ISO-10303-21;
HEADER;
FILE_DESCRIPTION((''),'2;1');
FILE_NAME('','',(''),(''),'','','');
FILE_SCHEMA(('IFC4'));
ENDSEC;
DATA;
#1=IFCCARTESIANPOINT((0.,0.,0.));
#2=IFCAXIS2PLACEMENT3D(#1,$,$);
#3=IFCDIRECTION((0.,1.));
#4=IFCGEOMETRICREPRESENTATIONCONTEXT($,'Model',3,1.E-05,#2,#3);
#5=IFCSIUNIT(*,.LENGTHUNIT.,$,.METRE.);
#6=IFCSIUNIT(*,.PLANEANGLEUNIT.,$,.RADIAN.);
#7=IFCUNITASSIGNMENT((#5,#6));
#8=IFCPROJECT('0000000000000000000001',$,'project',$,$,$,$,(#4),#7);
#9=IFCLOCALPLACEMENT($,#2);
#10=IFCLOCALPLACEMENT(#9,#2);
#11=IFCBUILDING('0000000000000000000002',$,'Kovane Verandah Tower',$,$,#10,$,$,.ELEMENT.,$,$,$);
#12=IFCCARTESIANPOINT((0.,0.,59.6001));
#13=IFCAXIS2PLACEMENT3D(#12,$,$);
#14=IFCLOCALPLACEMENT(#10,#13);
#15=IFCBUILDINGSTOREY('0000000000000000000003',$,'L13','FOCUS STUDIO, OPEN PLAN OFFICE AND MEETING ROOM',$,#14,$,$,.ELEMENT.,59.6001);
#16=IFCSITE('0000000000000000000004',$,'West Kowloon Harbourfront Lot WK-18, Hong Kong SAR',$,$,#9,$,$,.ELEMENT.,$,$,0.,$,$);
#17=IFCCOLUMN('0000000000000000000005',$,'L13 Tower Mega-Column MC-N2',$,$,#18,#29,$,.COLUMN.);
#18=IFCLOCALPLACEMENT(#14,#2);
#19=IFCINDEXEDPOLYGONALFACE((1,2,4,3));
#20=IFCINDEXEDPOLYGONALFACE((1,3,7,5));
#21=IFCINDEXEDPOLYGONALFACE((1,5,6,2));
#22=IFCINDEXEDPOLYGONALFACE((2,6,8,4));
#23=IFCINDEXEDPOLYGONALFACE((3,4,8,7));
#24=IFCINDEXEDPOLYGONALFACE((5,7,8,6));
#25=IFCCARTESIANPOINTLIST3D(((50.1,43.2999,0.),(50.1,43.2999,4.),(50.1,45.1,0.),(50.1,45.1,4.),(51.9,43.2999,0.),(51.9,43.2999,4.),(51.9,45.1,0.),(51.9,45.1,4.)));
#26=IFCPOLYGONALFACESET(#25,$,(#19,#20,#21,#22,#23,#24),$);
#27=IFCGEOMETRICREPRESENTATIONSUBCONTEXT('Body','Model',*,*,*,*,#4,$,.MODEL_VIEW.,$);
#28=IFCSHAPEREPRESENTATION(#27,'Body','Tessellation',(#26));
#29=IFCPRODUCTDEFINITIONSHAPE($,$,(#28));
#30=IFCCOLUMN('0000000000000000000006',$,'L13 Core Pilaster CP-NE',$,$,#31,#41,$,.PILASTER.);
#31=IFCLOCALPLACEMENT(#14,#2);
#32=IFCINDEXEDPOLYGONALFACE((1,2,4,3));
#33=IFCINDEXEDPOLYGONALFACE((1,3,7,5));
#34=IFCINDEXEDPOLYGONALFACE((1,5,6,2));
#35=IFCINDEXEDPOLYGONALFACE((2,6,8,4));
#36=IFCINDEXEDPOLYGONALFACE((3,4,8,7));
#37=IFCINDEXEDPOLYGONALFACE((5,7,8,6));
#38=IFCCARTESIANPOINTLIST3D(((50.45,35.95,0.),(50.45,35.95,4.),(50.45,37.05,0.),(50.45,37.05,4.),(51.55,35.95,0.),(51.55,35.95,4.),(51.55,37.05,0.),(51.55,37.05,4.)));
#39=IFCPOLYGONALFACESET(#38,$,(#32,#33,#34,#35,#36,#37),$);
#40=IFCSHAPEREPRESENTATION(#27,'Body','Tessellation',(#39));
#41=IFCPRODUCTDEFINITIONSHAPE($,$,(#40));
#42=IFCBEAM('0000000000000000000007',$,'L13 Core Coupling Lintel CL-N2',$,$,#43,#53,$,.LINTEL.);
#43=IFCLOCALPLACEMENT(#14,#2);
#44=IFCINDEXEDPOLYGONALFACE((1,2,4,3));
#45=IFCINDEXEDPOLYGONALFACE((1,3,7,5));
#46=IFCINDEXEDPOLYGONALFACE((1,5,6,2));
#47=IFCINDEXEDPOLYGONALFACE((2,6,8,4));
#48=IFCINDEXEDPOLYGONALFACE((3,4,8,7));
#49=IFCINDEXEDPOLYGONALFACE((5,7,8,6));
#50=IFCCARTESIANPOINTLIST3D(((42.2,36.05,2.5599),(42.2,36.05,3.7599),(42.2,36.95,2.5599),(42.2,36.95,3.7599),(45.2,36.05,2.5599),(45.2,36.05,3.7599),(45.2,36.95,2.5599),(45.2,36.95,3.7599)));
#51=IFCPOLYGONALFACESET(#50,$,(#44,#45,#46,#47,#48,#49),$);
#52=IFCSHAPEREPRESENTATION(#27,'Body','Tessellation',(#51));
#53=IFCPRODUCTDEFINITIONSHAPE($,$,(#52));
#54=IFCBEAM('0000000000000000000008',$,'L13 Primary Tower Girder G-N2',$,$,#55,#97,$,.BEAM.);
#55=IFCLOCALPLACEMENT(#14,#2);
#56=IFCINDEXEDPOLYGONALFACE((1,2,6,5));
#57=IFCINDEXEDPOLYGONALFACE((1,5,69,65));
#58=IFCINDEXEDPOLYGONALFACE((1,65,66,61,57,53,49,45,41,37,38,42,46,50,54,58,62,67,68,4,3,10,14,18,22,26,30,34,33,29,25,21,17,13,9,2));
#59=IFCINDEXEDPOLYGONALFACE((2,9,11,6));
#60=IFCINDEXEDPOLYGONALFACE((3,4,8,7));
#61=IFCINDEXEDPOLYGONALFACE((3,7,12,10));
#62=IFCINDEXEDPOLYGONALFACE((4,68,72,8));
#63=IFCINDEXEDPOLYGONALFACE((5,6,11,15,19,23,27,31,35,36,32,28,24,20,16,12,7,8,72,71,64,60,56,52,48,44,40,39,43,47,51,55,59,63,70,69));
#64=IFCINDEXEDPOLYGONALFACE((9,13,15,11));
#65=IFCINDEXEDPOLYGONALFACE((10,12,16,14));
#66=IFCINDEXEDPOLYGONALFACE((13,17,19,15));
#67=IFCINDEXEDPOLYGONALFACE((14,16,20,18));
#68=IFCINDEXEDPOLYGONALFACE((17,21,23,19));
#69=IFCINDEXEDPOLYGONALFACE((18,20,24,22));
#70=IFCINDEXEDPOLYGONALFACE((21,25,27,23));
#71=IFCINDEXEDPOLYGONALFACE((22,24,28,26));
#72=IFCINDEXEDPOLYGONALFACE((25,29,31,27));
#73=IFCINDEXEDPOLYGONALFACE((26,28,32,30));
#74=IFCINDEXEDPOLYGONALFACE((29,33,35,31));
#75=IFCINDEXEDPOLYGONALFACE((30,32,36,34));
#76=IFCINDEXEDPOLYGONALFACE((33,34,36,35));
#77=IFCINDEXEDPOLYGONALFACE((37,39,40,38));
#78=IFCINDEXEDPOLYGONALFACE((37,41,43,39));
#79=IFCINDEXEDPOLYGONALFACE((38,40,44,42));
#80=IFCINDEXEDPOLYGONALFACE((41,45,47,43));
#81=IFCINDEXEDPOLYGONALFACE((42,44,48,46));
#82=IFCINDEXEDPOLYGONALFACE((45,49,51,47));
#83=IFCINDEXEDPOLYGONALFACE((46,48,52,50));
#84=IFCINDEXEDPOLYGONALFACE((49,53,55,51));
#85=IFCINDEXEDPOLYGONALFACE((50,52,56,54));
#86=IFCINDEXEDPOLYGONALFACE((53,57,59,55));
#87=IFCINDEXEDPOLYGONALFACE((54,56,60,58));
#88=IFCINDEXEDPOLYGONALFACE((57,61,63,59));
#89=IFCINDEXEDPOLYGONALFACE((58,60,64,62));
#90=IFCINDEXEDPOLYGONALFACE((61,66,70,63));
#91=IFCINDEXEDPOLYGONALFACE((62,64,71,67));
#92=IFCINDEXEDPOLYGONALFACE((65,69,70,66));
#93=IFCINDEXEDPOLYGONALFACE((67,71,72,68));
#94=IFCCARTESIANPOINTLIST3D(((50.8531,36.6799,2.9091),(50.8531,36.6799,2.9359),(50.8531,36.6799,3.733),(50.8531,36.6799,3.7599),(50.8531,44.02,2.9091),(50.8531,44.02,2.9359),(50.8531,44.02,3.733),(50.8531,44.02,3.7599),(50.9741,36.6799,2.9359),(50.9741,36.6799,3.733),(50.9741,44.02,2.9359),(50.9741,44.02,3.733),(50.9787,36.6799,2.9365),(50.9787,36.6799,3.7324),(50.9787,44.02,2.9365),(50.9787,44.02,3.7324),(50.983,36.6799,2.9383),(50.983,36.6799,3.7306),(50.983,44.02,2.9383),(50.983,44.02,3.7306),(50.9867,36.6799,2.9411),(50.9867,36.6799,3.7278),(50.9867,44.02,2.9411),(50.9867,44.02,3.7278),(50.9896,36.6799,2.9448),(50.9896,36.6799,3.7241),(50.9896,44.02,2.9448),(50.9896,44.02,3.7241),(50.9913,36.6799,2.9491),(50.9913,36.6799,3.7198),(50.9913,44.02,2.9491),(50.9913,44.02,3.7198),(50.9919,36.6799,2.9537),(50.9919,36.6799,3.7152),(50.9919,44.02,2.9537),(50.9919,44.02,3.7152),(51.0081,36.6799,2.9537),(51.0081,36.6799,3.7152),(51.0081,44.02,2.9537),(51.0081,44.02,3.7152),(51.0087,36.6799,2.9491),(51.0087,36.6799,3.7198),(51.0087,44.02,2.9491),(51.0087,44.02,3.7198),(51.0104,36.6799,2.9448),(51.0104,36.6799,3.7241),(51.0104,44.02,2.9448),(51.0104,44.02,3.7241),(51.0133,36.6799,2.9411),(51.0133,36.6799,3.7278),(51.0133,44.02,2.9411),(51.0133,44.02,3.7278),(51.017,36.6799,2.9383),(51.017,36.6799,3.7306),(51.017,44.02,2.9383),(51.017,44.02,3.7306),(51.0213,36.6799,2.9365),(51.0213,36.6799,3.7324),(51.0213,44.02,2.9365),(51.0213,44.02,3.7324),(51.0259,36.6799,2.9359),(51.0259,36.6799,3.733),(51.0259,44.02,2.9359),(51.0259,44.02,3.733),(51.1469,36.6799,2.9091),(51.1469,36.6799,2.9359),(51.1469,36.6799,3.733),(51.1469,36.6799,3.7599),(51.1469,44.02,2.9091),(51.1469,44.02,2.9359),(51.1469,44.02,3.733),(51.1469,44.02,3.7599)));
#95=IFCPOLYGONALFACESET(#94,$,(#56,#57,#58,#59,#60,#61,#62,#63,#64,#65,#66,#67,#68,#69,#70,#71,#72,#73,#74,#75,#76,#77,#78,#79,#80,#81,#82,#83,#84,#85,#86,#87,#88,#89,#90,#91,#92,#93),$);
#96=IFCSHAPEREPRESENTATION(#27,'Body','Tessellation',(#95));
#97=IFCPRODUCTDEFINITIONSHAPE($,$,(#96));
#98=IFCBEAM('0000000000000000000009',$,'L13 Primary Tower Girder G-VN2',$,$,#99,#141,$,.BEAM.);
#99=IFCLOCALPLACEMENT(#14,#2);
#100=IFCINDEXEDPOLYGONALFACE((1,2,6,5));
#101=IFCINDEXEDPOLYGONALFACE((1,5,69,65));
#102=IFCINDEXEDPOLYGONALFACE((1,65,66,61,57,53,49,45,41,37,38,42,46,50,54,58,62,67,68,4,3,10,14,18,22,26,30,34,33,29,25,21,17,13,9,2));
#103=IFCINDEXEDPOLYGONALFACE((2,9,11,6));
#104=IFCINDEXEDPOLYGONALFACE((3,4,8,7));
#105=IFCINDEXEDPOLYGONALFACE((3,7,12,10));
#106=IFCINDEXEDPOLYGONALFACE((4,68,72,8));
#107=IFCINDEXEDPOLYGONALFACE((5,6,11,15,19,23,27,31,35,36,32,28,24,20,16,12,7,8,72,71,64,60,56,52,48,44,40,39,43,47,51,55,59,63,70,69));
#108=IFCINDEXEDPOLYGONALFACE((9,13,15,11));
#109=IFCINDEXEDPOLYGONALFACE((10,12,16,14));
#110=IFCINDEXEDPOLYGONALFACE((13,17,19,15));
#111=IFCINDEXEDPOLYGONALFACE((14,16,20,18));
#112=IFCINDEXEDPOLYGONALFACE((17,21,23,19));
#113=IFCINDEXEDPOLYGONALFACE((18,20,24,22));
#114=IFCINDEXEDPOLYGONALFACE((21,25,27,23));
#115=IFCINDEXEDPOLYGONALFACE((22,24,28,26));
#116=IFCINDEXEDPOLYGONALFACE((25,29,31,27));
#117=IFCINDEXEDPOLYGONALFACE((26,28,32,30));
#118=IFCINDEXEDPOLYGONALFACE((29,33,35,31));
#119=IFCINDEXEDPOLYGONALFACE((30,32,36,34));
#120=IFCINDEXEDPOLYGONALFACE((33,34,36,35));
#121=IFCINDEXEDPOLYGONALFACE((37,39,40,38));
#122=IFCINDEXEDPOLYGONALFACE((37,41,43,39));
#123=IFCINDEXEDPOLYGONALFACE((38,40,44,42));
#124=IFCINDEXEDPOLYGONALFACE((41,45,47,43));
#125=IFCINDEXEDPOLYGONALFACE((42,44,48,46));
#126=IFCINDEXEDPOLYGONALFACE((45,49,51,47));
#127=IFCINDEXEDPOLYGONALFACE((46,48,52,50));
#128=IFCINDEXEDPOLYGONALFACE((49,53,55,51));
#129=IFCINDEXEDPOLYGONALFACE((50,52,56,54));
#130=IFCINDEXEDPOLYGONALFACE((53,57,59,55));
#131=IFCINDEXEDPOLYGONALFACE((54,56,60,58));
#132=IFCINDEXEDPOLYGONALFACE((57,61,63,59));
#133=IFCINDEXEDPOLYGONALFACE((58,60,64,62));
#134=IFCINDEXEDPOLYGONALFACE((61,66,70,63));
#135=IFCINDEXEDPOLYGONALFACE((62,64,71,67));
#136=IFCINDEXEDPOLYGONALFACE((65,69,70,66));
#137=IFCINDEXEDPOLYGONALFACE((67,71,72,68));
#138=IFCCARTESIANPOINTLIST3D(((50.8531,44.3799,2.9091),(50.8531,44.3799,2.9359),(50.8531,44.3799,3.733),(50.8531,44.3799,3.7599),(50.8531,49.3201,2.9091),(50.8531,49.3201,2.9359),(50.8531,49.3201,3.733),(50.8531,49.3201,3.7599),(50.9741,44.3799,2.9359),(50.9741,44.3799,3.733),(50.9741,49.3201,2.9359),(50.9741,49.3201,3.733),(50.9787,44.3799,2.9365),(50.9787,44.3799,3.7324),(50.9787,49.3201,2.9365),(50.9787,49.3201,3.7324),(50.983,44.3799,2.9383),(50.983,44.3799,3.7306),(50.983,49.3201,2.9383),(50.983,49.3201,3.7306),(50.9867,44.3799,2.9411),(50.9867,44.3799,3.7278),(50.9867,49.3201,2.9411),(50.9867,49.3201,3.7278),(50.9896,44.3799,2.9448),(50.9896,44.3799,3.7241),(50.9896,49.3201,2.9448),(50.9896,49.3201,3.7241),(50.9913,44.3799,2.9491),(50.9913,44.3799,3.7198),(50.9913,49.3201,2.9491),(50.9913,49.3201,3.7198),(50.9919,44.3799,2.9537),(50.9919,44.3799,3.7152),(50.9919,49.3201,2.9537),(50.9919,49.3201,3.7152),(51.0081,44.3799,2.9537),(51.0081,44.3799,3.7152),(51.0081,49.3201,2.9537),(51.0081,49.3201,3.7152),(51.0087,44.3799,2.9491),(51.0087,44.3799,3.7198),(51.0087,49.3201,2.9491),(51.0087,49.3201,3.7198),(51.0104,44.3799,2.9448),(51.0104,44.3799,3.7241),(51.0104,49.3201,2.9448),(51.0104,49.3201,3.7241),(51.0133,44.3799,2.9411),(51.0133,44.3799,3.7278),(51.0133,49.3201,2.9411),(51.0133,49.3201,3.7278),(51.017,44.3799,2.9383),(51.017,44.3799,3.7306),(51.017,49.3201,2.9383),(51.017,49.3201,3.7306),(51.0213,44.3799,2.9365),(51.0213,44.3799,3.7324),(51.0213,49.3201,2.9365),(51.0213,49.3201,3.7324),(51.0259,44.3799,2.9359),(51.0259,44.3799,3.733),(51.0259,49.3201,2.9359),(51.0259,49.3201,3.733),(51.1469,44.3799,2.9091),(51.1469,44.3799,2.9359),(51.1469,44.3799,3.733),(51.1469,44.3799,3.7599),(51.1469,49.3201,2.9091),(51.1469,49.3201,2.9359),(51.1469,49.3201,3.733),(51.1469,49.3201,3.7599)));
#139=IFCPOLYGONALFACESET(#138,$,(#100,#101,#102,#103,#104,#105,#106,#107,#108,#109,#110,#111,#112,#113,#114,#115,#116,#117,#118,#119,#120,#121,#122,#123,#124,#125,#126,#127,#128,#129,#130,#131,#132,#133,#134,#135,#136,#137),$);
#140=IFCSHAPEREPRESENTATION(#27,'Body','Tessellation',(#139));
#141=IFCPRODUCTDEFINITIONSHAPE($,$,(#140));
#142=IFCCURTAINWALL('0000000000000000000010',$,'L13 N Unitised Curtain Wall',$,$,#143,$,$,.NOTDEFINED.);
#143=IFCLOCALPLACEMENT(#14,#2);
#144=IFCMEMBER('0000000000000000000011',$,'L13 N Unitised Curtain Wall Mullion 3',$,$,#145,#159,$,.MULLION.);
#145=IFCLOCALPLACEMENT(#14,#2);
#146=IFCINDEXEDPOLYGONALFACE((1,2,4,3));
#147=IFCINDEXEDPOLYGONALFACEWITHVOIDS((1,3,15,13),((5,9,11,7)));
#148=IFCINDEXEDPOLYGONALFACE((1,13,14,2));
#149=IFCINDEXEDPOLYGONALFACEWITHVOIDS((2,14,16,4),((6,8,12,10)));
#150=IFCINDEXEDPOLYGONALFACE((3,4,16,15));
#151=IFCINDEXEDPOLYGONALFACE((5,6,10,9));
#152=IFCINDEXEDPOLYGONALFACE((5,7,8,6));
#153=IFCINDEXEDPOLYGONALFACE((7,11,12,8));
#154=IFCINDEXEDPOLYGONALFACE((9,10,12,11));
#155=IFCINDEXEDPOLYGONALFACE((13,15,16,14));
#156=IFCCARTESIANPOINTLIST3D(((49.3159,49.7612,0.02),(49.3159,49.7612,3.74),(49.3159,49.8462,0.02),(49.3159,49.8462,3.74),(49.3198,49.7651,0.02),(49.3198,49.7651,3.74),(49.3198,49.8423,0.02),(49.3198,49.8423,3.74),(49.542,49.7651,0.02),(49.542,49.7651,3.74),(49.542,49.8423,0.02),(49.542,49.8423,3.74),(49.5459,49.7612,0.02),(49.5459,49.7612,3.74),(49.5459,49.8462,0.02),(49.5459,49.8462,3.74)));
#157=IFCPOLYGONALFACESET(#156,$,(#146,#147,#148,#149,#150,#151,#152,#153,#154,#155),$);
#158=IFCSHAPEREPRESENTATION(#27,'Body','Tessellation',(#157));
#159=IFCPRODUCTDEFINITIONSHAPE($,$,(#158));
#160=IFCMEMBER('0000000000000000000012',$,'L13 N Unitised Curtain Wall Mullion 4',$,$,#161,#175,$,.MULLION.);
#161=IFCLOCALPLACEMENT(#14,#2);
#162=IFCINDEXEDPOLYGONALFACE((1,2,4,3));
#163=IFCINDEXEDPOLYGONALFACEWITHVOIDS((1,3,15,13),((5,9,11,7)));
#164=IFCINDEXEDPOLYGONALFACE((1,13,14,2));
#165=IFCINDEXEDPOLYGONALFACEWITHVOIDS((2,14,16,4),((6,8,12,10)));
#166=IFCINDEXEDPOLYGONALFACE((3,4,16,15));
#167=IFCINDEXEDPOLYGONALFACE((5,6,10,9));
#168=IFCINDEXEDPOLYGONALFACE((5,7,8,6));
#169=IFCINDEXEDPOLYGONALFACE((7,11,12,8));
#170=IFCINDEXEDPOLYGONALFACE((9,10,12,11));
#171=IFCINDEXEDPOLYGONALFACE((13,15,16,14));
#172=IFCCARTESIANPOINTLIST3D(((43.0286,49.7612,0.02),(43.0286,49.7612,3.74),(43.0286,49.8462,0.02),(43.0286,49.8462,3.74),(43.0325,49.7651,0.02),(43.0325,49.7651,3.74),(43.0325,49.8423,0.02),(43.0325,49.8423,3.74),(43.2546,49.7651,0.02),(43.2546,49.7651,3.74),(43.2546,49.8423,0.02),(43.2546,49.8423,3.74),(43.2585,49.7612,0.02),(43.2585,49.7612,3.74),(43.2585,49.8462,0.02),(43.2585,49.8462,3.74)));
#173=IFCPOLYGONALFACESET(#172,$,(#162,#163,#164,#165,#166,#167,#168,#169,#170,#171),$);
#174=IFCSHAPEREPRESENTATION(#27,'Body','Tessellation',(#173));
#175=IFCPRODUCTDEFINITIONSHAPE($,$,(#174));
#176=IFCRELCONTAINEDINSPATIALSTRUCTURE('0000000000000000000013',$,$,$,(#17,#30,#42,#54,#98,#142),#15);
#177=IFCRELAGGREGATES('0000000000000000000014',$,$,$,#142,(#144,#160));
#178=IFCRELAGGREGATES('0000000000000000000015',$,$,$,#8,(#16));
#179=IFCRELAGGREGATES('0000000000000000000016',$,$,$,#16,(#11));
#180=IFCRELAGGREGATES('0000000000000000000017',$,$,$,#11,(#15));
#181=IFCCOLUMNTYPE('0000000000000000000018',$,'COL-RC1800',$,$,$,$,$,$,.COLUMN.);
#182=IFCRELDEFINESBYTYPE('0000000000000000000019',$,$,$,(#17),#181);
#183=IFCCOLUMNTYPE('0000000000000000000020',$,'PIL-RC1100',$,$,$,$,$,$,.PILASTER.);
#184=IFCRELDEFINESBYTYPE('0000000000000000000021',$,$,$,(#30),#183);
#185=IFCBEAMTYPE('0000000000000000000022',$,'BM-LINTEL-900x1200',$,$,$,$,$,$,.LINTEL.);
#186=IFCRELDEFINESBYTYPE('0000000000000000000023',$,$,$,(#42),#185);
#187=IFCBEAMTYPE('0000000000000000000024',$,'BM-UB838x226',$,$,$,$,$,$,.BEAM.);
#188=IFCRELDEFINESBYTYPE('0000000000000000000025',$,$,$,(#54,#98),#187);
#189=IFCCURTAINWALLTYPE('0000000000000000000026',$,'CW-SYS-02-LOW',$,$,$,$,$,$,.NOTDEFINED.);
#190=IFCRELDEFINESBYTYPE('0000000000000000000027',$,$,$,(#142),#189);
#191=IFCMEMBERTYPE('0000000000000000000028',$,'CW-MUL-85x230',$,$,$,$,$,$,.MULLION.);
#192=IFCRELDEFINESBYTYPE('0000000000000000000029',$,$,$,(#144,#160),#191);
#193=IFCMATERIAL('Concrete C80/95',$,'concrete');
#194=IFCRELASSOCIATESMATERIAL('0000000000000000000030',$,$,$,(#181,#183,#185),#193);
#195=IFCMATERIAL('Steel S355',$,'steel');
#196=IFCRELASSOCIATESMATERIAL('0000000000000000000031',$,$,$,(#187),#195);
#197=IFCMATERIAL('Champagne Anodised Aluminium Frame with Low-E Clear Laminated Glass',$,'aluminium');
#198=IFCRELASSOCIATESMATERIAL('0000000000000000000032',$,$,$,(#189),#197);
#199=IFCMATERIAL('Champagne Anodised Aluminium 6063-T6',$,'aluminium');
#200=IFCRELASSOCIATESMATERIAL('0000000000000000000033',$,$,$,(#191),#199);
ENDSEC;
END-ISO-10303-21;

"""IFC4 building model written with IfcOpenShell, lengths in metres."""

from ifc_helpers import new_model, si_unit, direction, frame, origin, origin_2d, place, context, subcontext, project, spatial, rectangle, hollow_rectangle, i_section, extrude, material, material_profile, profile_set, type_object, element, aggregate, save


model = new_model("IFC4")

# Units and contexts
model_context = context("Model", 3, precision=1e-05, world=origin(), true_north=direction((0.0, 1.0)))
body_context = subcontext(model_context, "Body", "Model", "MODEL_VIEW")
ifc_project = project(units=[si_unit("LENGTHUNIT", "METRE"), si_unit("PLANEANGLEUNIT", "RADIAN")], contexts=[model_context])

# Site, building, storey
site_placement = place(None, origin())
site = spatial("IfcSite", under=ifc_project, at=site_placement, Name="West Kowloon Harbourfront Lot WK-18, Hong Kong SAR", CompositionType="ELEMENT", RefElevation=0.0)
building_placement = place(site_placement, origin())
building = spatial("IfcBuilding", under=site, at=building_placement, Name="Kovane Verandah Tower", CompositionType="ELEMENT")
storey_placement = place(building_placement, frame((0.0, 0.0, 59.6001)))
storey = spatial("IfcBuildingStorey", under=building, at=storey_placement, Name="L13", Description="FOCUS STUDIO, OPEN PLAN OFFICE AND MEETING ROOM", CompositionType="ELEMENT", Elevation=59.6001)

# Columns
ifc_material_1 = material(Name="Concrete C80/95", Category="concrete")
ifc_material_profile_1 = material_profile(ifc_material_1, rectangle(XDim=1.8, YDim=1.8, at=origin_2d()), Name="RC1800x1800")
ifc_profile_set_1 = profile_set([ifc_material_profile_1], Name="Concrete C80/95")
column_type_1 = type_object("IfcColumnType", Name="COL-RC1800", PredefinedType="COLUMN", material=ifc_profile_set_1)
column_1_placement = place(storey_placement, frame((51.0, 44.2, 0.0), z_axis=(0.0, 0.0, 1.0), x_axis=(1.0, 0.0, 0.0)))
element("IfcColumn", 1, at=column_1_placement, inside=storey, type_object=column_type_1, Name="L13 Tower Mega-Column MC-N2", PredefinedType="COLUMN", context=body_context, shape_type="SweptSolid", body=[
    extrude(rectangle(XDim=1.8, YDim=1.8, at=origin_2d()), origin(), (0.0, 0.0, 1.0), 4.0),
])
ifc_material_profile_2 = material_profile(ifc_material_1, rectangle(XDim=1.1001, YDim=1.1001, at=origin_2d()), Name="RC1100x1100")
ifc_profile_set_2 = profile_set([ifc_material_profile_2], Name="Concrete C80/95")
column_type_2 = type_object("IfcColumnType", Name="PIL-RC1100", PredefinedType="PILASTER", material=ifc_profile_set_2)
column_2_placement = place(storey_placement, frame((51.0, 36.5, 0.0), z_axis=(0.0, 0.0, 1.0), x_axis=(1.0, 0.0, 0.0)))
element("IfcColumn", 2, at=column_2_placement, inside=storey, type_object=column_type_2, Name="L13 Core Pilaster CP-NE", PredefinedType="PILASTER", context=body_context, shape_type="SweptSolid", body=[
    extrude(rectangle(XDim=1.1001, YDim=1.1001, at=origin_2d()), origin(), (0.0, 0.0, 1.0), 4.0),
])

# Beams
ifc_material_profile_3 = material_profile(ifc_material_1, rectangle(XDim=0.8999, YDim=1.2, at=origin_2d()), Name="RCB900x1200")
ifc_profile_set_3 = profile_set([ifc_material_profile_3], Name="Concrete C80/95")
beam_type_1 = type_object("IfcBeamType", Name="BM-LINTEL-900x1200", PredefinedType="LINTEL", material=ifc_profile_set_3)
beam_1_placement = place(storey_placement, frame((42.2, 36.5, 3.1599), z_axis=(1.0, 0.0, 0.0), x_axis=(0.0, 1.0, 0.0)))
element("IfcBeam", 3, at=beam_1_placement, inside=storey, type_object=beam_type_1, Name="L13 Core Coupling Lintel CL-N2", PredefinedType="LINTEL", context=body_context, shape_type="SweptSolid", body=[
    extrude(rectangle(XDim=0.8999, YDim=1.2, at=origin_2d()), origin(), (0.0, 0.0, 1.0), 3.0),
])
ifc_material_2 = material(Name="Steel S355", Category="steel")
ifc_material_profile_4 = material_profile(ifc_material_2, i_section(OverallWidth=0.2937, OverallDepth=0.8508, WebThickness=0.0161, FlangeThickness=0.0269, FilletRadius=0.0178, at=origin_2d()), Name="UB838x292x226")
ifc_profile_set_4 = profile_set([ifc_material_profile_4], Name="Steel S355")
beam_type_2 = type_object("IfcBeamType", Name="BM-UB838x226", PredefinedType="BEAM", material=ifc_profile_set_4)
beam_2_placement = place(storey_placement, frame((51.0, 36.6799, 3.3345), z_axis=(0.0, 1.0, 0.0), x_axis=(-1.0, 0.0, 0.0)))
element("IfcBeam", 4, at=beam_2_placement, inside=storey, type_object=beam_type_2, Name="L13 Primary Tower Girder G-N2", PredefinedType="BEAM", context=body_context, shape_type="SweptSolid", body=[
    extrude(i_section(OverallWidth=0.2937, OverallDepth=0.8508, WebThickness=0.0161, FlangeThickness=0.0269, FilletRadius=0.0178, at=origin_2d()), origin(), (0.0, 0.0, 1.0), 7.3401),
])
beam_3_placement = place(storey_placement, frame((51.0, 44.3799, 3.3345), z_axis=(0.0, 1.0, 0.0), x_axis=(-1.0, 0.0, 0.0)))
element("IfcBeam", 5, at=beam_3_placement, inside=storey, type_object=beam_type_2, Name="L13 Primary Tower Girder G-VN2", PredefinedType="BEAM", context=body_context, shape_type="SweptSolid", body=[
    extrude(i_section(OverallWidth=0.2937, OverallDepth=0.8508, WebThickness=0.0161, FlangeThickness=0.0269, FilletRadius=0.0178, at=origin_2d()), origin(), (0.0, 0.0, 1.0), 4.9402),
])

# Curtain wall, members
ifc_material_3 = material(Name="Champagne Anodised Aluminium Frame with Low-E Clear Laminated Glass", Category="aluminium")
curtain_wall_type = type_object("IfcCurtainWallType", Name="CW-SYS-02-LOW", PredefinedType="NOTDEFINED", material=ifc_material_3)
curtain_wall_placement = place(storey_placement, origin())
curtain_wall = element("IfcCurtainWall", 6, at=curtain_wall_placement, inside=storey, type_object=curtain_wall_type, Name="L13 N Unitised Curtain Wall", PredefinedType="NOTDEFINED")
ifc_material_4 = material(Name="Champagne Anodised Aluminium 6063-T6", Category="aluminium")
ifc_material_profile_5 = material_profile(ifc_material_4, hollow_rectangle(XDim=0.085, YDim=0.23, WallThickness=0.0039, at=origin_2d()), Name="AL85x230x4")
ifc_profile_set_5 = profile_set([ifc_material_profile_5], Name="Champagne Anodised Aluminium 6063-T6")
member_type_1 = type_object("IfcMemberType", Name="CW-MUL-85x230", PredefinedType="MULLION", material=ifc_profile_set_5)
member_1_placement = place(storey_placement, frame((49.4309, 49.8037, 0.02), z_axis=(0.0, 0.0, 1.0), x_axis=(0.0, 1.0, 0.0)))
member_1 = element("IfcMember", 7, at=member_1_placement, type_object=member_type_1, Name="L13 N Unitised Curtain Wall Mullion 3", PredefinedType="MULLION", context=body_context, shape_type="SweptSolid", body=[
    extrude(hollow_rectangle(XDim=0.085, YDim=0.23, WallThickness=0.0039, at=origin_2d()), origin(), (0.0, 0.0, 1.0), 3.72),
])
member_2_placement = place(storey_placement, frame((43.1436, 49.8037, 0.02), z_axis=(0.0, 0.0, 1.0), x_axis=(0.0, 1.0, 0.0)))
member_2 = element("IfcMember", 8, at=member_2_placement, type_object=member_type_1, Name="L13 N Unitised Curtain Wall Mullion 4", PredefinedType="MULLION", context=body_context, shape_type="SweptSolid", body=[
    extrude(hollow_rectangle(XDim=0.085, YDim=0.23, WallThickness=0.0039, at=origin_2d()), origin(), (0.0, 0.0, 1.0), 3.72),
])
aggregate(curtain_wall, [member_1, member_2])

save(model, "model.ifc")
